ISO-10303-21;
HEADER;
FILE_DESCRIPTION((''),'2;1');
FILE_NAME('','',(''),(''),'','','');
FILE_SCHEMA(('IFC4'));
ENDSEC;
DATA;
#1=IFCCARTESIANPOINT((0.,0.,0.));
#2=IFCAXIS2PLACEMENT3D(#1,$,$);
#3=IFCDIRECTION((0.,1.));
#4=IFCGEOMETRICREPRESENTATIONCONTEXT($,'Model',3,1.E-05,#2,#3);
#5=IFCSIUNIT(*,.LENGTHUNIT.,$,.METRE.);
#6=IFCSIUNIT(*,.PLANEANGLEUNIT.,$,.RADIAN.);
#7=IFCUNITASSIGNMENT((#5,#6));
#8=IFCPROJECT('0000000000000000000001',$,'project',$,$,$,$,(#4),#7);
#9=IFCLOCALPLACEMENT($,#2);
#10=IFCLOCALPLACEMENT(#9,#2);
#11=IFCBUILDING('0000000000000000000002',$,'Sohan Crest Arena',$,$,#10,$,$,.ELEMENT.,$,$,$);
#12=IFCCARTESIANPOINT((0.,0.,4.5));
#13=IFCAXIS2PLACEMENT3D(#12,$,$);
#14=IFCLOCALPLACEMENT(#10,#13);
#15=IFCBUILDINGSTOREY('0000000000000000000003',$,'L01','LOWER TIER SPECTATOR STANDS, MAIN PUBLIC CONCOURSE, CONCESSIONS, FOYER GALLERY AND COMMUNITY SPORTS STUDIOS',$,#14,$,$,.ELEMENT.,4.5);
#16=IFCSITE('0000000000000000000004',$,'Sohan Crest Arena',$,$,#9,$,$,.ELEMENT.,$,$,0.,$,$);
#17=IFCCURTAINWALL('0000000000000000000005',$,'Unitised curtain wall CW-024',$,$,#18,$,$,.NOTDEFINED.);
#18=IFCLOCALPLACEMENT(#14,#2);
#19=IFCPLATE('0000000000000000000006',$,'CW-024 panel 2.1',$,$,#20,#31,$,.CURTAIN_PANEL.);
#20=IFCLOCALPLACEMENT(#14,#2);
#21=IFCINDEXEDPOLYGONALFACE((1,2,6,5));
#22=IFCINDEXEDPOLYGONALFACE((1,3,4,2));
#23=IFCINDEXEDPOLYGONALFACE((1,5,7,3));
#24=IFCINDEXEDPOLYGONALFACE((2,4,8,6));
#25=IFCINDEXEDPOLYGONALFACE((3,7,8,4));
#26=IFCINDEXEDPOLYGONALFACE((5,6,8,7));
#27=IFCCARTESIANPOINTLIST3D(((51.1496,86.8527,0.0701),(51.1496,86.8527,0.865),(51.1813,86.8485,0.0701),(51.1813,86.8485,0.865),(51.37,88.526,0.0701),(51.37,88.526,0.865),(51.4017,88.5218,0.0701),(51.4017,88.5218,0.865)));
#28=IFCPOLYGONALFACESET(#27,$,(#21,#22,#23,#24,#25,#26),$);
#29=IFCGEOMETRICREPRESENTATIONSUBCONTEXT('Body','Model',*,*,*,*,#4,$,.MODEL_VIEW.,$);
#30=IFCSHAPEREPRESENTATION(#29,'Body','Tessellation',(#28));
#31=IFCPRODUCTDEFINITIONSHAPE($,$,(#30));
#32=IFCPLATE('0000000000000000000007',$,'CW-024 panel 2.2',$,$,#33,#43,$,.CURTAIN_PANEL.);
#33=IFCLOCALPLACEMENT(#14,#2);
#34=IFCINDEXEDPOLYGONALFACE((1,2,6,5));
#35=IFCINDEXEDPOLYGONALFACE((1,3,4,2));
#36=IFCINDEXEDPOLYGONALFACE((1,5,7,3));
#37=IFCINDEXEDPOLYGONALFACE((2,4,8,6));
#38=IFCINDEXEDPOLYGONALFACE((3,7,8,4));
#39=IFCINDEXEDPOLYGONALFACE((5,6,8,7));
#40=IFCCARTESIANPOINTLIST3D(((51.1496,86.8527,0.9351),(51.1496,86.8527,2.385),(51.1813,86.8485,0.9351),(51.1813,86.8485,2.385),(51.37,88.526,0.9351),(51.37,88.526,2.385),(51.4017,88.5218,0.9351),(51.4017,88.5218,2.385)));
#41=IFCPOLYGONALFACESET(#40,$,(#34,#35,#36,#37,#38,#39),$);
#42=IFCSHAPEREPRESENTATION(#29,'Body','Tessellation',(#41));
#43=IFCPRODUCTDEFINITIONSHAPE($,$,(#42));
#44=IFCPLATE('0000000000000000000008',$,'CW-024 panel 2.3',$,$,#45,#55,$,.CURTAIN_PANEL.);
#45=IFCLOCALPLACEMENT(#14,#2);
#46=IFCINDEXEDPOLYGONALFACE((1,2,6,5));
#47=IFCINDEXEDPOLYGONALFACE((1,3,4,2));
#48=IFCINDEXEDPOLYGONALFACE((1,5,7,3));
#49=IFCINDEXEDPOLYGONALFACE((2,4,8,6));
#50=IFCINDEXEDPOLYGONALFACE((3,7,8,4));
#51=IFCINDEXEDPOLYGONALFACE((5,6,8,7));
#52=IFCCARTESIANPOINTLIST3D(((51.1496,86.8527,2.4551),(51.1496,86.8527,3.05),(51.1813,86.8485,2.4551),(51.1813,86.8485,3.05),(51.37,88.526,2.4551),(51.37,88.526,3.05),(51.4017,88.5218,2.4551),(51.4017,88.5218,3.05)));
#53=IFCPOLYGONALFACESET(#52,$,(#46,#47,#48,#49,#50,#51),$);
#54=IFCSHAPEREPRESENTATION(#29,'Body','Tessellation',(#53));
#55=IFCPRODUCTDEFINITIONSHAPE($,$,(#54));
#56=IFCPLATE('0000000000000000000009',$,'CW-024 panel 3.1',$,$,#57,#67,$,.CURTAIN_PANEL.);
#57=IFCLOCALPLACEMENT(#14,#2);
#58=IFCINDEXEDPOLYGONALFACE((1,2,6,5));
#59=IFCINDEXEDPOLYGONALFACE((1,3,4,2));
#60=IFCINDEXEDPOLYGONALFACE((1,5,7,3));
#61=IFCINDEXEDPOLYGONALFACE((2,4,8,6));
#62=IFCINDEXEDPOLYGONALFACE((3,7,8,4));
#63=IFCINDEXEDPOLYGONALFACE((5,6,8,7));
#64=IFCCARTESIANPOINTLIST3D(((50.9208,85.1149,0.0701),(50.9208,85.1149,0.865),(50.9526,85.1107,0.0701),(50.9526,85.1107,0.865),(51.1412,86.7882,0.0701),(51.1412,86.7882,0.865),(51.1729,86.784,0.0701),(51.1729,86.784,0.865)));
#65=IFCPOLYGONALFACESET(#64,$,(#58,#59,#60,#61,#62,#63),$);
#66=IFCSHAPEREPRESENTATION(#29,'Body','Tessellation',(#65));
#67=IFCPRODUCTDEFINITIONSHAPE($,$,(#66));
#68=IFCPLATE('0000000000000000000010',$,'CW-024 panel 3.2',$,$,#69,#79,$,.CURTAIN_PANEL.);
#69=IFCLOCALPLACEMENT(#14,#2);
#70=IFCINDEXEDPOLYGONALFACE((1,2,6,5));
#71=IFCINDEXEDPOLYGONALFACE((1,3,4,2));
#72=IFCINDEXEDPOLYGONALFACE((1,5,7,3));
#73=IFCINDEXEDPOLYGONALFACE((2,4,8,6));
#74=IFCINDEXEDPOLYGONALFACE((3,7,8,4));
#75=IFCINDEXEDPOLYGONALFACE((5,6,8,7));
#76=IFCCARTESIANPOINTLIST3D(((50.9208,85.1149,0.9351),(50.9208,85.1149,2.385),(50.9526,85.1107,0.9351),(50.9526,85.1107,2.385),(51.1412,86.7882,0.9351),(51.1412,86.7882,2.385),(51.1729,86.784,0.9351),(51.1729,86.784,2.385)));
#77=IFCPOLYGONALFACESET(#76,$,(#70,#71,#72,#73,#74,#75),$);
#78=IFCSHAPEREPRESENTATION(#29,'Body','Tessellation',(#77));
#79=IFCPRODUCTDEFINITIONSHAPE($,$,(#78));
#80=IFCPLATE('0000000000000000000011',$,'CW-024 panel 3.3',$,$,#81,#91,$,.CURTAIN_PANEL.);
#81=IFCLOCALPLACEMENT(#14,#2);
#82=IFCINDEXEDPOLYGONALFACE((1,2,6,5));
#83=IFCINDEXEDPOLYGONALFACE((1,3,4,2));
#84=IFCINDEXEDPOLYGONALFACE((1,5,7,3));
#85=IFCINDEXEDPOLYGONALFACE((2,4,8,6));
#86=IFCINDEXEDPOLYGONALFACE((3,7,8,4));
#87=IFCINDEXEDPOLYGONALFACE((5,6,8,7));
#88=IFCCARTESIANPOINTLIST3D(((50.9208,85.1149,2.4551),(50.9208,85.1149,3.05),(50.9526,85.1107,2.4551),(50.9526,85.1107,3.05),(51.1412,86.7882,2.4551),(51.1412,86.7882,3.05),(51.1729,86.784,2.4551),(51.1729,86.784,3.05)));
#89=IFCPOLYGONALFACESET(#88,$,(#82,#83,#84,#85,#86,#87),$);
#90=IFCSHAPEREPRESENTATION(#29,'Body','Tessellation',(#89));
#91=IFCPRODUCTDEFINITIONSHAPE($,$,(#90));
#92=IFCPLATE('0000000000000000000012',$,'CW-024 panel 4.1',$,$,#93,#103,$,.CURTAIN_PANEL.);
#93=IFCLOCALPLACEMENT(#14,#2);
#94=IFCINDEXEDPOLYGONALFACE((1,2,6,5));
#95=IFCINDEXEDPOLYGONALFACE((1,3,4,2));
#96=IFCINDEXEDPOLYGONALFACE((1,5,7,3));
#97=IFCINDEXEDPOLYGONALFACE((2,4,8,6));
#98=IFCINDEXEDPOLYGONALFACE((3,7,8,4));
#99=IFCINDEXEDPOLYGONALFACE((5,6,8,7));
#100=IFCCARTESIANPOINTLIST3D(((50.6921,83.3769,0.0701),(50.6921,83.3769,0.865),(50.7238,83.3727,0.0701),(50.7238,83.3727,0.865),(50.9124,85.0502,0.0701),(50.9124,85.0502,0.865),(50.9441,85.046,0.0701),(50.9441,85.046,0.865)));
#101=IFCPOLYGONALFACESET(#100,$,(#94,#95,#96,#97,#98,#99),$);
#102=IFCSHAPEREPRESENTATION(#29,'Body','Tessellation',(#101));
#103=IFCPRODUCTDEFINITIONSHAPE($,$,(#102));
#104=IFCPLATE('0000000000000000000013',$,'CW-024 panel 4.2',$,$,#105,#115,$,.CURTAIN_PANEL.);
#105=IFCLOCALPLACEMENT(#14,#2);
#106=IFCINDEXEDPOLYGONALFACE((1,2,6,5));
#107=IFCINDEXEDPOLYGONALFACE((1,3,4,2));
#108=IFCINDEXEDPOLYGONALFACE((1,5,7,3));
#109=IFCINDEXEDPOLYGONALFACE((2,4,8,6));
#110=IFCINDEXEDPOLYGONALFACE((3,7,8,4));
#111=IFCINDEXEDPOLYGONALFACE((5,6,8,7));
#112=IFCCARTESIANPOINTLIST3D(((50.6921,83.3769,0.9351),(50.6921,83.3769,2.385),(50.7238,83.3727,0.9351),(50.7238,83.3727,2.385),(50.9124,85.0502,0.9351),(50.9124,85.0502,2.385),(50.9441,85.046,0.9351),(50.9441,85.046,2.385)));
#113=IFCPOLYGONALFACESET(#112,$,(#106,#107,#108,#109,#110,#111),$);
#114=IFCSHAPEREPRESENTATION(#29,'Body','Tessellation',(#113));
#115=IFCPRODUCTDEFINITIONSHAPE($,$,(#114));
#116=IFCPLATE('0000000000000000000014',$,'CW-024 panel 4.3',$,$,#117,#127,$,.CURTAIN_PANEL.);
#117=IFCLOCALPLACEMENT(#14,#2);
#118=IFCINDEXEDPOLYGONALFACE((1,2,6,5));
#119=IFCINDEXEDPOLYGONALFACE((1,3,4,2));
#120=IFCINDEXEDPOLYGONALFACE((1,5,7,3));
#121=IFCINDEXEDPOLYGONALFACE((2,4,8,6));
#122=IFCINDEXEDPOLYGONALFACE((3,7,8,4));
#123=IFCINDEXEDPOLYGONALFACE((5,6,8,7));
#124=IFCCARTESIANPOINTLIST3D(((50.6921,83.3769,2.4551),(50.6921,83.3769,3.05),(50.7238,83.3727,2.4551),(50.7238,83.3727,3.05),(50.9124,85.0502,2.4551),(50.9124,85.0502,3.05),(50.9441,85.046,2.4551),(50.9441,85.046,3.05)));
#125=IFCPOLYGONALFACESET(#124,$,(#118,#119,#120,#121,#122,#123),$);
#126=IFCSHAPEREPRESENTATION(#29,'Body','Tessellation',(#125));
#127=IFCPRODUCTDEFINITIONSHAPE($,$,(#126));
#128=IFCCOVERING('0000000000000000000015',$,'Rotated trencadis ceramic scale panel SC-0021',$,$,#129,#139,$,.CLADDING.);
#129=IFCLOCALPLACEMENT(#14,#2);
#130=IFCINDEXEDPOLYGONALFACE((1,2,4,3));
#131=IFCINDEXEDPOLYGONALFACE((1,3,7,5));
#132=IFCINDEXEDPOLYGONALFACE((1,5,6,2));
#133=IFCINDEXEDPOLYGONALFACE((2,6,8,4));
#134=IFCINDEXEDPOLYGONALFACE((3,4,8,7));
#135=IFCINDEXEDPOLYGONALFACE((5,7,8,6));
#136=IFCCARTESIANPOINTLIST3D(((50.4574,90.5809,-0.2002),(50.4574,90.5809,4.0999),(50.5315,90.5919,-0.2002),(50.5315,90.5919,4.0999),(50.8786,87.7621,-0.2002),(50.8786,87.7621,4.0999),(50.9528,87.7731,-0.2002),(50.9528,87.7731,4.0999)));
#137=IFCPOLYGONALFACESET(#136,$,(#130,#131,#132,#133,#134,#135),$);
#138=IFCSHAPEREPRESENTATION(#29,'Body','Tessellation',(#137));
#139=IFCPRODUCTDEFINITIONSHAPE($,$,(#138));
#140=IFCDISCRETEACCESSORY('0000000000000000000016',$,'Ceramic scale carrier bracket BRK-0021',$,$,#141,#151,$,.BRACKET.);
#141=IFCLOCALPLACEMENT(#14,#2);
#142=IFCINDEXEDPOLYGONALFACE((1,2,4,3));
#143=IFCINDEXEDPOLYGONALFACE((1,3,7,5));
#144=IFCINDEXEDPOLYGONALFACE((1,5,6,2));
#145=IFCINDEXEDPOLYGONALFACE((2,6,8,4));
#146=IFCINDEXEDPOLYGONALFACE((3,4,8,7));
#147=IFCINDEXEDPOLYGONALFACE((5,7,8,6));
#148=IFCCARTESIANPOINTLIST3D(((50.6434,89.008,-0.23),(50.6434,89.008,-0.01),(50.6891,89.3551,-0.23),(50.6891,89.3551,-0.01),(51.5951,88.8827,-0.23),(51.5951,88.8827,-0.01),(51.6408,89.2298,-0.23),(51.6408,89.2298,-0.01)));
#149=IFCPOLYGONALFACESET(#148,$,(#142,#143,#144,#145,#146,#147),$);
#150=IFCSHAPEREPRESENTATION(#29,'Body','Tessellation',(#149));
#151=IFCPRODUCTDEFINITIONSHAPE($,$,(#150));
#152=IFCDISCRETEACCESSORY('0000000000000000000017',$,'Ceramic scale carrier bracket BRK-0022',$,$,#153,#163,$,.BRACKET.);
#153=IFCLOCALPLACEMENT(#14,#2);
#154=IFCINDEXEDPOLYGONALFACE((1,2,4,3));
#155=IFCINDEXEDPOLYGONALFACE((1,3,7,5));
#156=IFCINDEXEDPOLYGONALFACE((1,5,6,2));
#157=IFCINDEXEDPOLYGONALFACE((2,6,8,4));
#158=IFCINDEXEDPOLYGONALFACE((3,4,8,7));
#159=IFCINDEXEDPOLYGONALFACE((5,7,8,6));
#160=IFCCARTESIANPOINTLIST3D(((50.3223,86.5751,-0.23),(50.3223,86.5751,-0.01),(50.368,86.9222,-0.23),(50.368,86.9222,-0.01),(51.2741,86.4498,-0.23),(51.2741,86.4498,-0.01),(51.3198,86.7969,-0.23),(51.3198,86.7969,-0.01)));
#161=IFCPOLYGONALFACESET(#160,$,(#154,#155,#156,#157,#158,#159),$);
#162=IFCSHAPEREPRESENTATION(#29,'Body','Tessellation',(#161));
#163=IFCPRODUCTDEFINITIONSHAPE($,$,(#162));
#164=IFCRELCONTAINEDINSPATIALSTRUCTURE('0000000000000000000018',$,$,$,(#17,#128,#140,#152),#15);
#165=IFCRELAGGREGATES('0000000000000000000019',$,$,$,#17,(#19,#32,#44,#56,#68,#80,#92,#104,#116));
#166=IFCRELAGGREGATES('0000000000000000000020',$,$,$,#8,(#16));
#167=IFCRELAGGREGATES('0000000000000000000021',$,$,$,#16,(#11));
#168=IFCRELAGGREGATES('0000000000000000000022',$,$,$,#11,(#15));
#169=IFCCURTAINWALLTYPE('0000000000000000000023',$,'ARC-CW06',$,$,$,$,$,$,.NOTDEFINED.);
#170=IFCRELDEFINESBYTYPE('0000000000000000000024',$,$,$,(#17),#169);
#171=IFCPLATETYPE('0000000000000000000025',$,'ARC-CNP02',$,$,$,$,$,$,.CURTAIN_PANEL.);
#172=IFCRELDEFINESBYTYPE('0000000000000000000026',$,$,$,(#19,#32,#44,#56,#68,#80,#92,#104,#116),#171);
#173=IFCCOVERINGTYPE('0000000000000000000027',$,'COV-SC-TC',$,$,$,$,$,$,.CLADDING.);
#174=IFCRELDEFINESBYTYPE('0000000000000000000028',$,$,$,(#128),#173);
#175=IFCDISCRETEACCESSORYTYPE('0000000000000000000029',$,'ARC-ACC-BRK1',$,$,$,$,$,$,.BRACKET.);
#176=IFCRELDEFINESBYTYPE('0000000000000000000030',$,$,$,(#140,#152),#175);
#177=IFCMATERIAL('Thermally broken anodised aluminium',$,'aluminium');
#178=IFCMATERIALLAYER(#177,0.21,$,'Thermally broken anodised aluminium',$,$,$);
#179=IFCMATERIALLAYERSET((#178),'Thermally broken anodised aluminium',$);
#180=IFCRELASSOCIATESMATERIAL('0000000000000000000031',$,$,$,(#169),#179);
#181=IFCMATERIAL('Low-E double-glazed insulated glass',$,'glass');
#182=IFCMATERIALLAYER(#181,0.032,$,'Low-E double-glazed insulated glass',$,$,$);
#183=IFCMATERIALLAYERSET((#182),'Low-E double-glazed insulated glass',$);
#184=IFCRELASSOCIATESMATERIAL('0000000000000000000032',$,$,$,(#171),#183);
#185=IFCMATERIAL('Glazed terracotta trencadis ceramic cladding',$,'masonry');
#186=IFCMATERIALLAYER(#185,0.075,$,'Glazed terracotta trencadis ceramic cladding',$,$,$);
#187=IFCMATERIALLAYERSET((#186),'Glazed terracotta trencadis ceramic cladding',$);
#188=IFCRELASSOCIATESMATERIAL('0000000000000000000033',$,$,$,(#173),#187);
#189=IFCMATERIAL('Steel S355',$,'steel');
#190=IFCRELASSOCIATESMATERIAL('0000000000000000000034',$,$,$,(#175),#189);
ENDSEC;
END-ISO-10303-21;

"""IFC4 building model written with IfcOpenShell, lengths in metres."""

from ifc_helpers import new_model, si_unit, direction, frame, origin, origin_2d, place, context, subcontext, project, spatial, rectangle, extrude, material, layer, layer_set, type_object, element, aggregate, save


model = new_model("IFC4")

# Units and contexts
model_context = context("Model", 3, precision=1e-05, world=origin(), true_north=direction((0.0, 1.0)))
body_context = subcontext(model_context, "Body", "Model", "MODEL_VIEW")
ifc_project = project(units=[si_unit("LENGTHUNIT", "METRE"), si_unit("PLANEANGLEUNIT", "RADIAN")], contexts=[model_context])

# Site, building, storey
site_placement = place(None, origin())
site = spatial("IfcSite", under=ifc_project, at=site_placement, Name="Sohan Crest Arena", CompositionType="ELEMENT", RefElevation=0.0)
building_placement = place(site_placement, origin())
building = spatial("IfcBuilding", under=site, at=building_placement, Name="Sohan Crest Arena", CompositionType="ELEMENT")
storey_placement = place(building_placement, frame((0.0, 0.0, 4.5)))
storey = spatial("IfcBuildingStorey", under=building, at=storey_placement, Name="L01", Description="LOWER TIER SPECTATOR STANDS, MAIN PUBLIC CONCOURSE, CONCESSIONS, FOYER GALLERY AND COMMUNITY SPORTS STUDIOS", CompositionType="ELEMENT", Elevation=4.5)

# Shared definitions
ifc_material_1 = material(Name="Steel S355", Category="steel")

# Curtain wall
ifc_material_2 = material(Name="Thermally broken anodised aluminium", Category="aluminium")
ifc_layer_1 = layer(ifc_material_2, 0.21, Name="Thermally broken anodised aluminium")
ifc_layer_set_1 = layer_set([ifc_layer_1], Name="Thermally broken anodised aluminium")
curtain_wall_type = type_object("IfcCurtainWallType", Name="ARC-CW06", PredefinedType="NOTDEFINED", material=ifc_layer_set_1)
curtain_wall_placement = place(storey_placement, origin())
curtain_wall = element("IfcCurtainWall", 1, at=curtain_wall_placement, inside=storey, type_object=curtain_wall_type, Name="Unitised curtain wall CW-024", PredefinedType="NOTDEFINED")

# Plates
ifc_material_3 = material(Name="Low-E double-glazed insulated glass", Category="glass")
ifc_layer_2 = layer(ifc_material_3, 0.032, Name="Low-E double-glazed insulated glass")
ifc_layer_set_2 = layer_set([ifc_layer_2], Name="Low-E double-glazed insulated glass")
plate_type = type_object("IfcPlateType", Name="ARC-CNP02", PredefinedType="CURTAIN_PANEL", material=ifc_layer_set_2)
plate_1_placement = place(storey_placement, frame((51.2756, 87.6873, 0.0701), z_axis=(0.0, 0.0, 1.0), x_axis=(-0.130562, -0.99144, 0.0)))
plate_1 = element("IfcPlate", 2, at=plate_1_placement, type_object=plate_type, Name="CW-024 panel 2.1", PredefinedType="CURTAIN_PANEL", context=body_context, shape_type="SweptSolid", body=[
    extrude(rectangle(XDim=1.6877, YDim=0.032, at=origin_2d()), origin(), (0.0, 0.0, 1.0), 0.7949),
])
plate_2_placement = place(storey_placement, frame((51.2756, 87.6873, 0.9351), z_axis=(0.0, 0.0, 1.0), x_axis=(-0.130562, -0.99144, 0.0)))
plate_2 = element("IfcPlate", 3, at=plate_2_placement, type_object=plate_type, Name="CW-024 panel 2.2", PredefinedType="CURTAIN_PANEL", context=body_context, shape_type="SweptSolid", body=[
    extrude(rectangle(XDim=1.6877, YDim=0.032, at=origin_2d()), origin(), (0.0, 0.0, 1.0), 1.45),
])
plate_3_placement = place(storey_placement, frame((51.2756, 87.6873, 2.4551), z_axis=(0.0, 0.0, 1.0), x_axis=(-0.130562, -0.99144, 0.0)))
plate_3 = element("IfcPlate", 4, at=plate_3_placement, type_object=plate_type, Name="CW-024 panel 2.3", PredefinedType="CURTAIN_PANEL", context=body_context, shape_type="SweptSolid", body=[
    extrude(rectangle(XDim=1.6877, YDim=0.032, at=origin_2d()), origin(), (0.0, 0.0, 1.0), 0.595),
])
plate_4_placement = place(storey_placement, frame((51.0469, 85.9495, 0.0701), z_axis=(0.0, 0.0, 1.0), x_axis=(-0.130562, -0.99144, 0.0)))
plate_4 = element("IfcPlate", 5, at=plate_4_placement, type_object=plate_type, Name="CW-024 panel 3.1", PredefinedType="CURTAIN_PANEL", context=body_context, shape_type="SweptSolid", body=[
    extrude(rectangle(XDim=1.6877, YDim=0.032, at=origin_2d()), origin(), (0.0, 0.0, 1.0), 0.7949),
])
plate_5_placement = place(storey_placement, frame((51.0469, 85.9495, 0.9351), z_axis=(0.0, 0.0, 1.0), x_axis=(-0.130562, -0.99144, 0.0)))
plate_5 = element("IfcPlate", 6, at=plate_5_placement, type_object=plate_type, Name="CW-024 panel 3.2", PredefinedType="CURTAIN_PANEL", context=body_context, shape_type="SweptSolid", body=[
    extrude(rectangle(XDim=1.6877, YDim=0.032, at=origin_2d()), origin(), (0.0, 0.0, 1.0), 1.45),
])
plate_6_placement = place(storey_placement, frame((51.0469, 85.9495, 2.4551), z_axis=(0.0, 0.0, 1.0), x_axis=(-0.130562, -0.99144, 0.0)))
plate_6 = element("IfcPlate", 7, at=plate_6_placement, type_object=plate_type, Name="CW-024 panel 3.3", PredefinedType="CURTAIN_PANEL", context=body_context, shape_type="SweptSolid", body=[
    extrude(rectangle(XDim=1.6877, YDim=0.032, at=origin_2d()), origin(), (0.0, 0.0, 1.0), 0.595),
])
plate_7_placement = place(storey_placement, frame((50.8181, 84.2114, 0.0701), z_axis=(0.0, 0.0, 1.0), x_axis=(-0.130562, -0.99144, 0.0)))
plate_7 = element("IfcPlate", 8, at=plate_7_placement, type_object=plate_type, Name="CW-024 panel 4.1", PredefinedType="CURTAIN_PANEL", context=body_context, shape_type="SweptSolid", body=[
    extrude(rectangle(XDim=1.6877, YDim=0.032, at=origin_2d()), origin(), (0.0, 0.0, 1.0), 0.7949),
])
plate_8_placement = place(storey_placement, frame((50.8181, 84.2114, 0.9351), z_axis=(0.0, 0.0, 1.0), x_axis=(-0.130562, -0.99144, 0.0)))
plate_8 = element("IfcPlate", 9, at=plate_8_placement, type_object=plate_type, Name="CW-024 panel 4.2", PredefinedType="CURTAIN_PANEL", context=body_context, shape_type="SweptSolid", body=[
    extrude(rectangle(XDim=1.6877, YDim=0.032, at=origin_2d()), origin(), (0.0, 0.0, 1.0), 1.45),
])
plate_9_placement = place(storey_placement, frame((50.8181, 84.2114, 2.4551), z_axis=(0.0, 0.0, 1.0), x_axis=(-0.130562, -0.99144, 0.0)))
plate_9 = element("IfcPlate", 10, at=plate_9_placement, type_object=plate_type, Name="CW-024 panel 4.3", PredefinedType="CURTAIN_PANEL", context=body_context, shape_type="SweptSolid", body=[
    extrude(rectangle(XDim=1.6877, YDim=0.032, at=origin_2d()), origin(), (0.0, 0.0, 1.0), 0.595),
])
aggregate(curtain_wall, [plate_1, plate_2, plate_3, plate_4, plate_5, plate_6, plate_7, plate_8, plate_9])

# Covering
ifc_material_4 = material(Name="Glazed terracotta trencadis ceramic cladding", Category="masonry")
ifc_layer_3 = layer(ifc_material_4, 0.075, Name="Glazed terracotta trencadis ceramic cladding")
ifc_layer_set_3 = layer_set([ifc_layer_3], Name="Glazed terracotta trencadis ceramic cladding")
covering_type = type_object("IfcCoveringType", Name="COV-SC-TC", PredefinedType="CLADDING", material=ifc_layer_set_3)
covering_placement = place(storey_placement, frame((50.7051, 89.177, -0.2002), z_axis=(0.0, 0.0, 1.0), x_axis=(0.147809, -0.989016, 0.0)))
element("IfcCovering", 11, at=covering_placement, inside=storey, type_object=covering_type, Name="Rotated trencadis ceramic scale panel SC-0021", PredefinedType="CLADDING", context=body_context, shape_type="SweptSolid", body=[
    extrude(rectangle(XDim=2.8501, YDim=0.075, at=origin_2d()), origin(), (0.0, 0.0, 1.0), 4.3),
])

# Discrete accessories
discrete_accessory_type = type_object("IfcDiscreteAccessoryType", Name="ARC-ACC-BRK1", PredefinedType="BRACKET", material=ifc_material_1)
for number, where, z_axis, x_axis, name in (
    (12, (51.1421, 89.1189, -0.23), (0.0, 0.0, 1.0), (-0.130526, -0.991445, 0.0), "Ceramic scale carrier bracket BRK-0021"),
    (13, (50.821, 86.686, -0.23), (0.0, 0.0, 1.0), (-0.130526, -0.991445, 0.0), "Ceramic scale carrier bracket BRK-0022"),
):
    element("IfcDiscreteAccessory", number, at=place(storey_placement, frame(where, z_axis=z_axis, x_axis=x_axis)), inside=storey, type_object=discrete_accessory_type, Name=name, PredefinedType="BRACKET", context=body_context, shape_type="SweptSolid", body=[
        extrude(rectangle(XDim=0.3501, YDim=0.96, at=origin_2d()), origin(), (0.0, 0.0, 1.0), 0.22),
    ])

save(model, "model.ifc")
